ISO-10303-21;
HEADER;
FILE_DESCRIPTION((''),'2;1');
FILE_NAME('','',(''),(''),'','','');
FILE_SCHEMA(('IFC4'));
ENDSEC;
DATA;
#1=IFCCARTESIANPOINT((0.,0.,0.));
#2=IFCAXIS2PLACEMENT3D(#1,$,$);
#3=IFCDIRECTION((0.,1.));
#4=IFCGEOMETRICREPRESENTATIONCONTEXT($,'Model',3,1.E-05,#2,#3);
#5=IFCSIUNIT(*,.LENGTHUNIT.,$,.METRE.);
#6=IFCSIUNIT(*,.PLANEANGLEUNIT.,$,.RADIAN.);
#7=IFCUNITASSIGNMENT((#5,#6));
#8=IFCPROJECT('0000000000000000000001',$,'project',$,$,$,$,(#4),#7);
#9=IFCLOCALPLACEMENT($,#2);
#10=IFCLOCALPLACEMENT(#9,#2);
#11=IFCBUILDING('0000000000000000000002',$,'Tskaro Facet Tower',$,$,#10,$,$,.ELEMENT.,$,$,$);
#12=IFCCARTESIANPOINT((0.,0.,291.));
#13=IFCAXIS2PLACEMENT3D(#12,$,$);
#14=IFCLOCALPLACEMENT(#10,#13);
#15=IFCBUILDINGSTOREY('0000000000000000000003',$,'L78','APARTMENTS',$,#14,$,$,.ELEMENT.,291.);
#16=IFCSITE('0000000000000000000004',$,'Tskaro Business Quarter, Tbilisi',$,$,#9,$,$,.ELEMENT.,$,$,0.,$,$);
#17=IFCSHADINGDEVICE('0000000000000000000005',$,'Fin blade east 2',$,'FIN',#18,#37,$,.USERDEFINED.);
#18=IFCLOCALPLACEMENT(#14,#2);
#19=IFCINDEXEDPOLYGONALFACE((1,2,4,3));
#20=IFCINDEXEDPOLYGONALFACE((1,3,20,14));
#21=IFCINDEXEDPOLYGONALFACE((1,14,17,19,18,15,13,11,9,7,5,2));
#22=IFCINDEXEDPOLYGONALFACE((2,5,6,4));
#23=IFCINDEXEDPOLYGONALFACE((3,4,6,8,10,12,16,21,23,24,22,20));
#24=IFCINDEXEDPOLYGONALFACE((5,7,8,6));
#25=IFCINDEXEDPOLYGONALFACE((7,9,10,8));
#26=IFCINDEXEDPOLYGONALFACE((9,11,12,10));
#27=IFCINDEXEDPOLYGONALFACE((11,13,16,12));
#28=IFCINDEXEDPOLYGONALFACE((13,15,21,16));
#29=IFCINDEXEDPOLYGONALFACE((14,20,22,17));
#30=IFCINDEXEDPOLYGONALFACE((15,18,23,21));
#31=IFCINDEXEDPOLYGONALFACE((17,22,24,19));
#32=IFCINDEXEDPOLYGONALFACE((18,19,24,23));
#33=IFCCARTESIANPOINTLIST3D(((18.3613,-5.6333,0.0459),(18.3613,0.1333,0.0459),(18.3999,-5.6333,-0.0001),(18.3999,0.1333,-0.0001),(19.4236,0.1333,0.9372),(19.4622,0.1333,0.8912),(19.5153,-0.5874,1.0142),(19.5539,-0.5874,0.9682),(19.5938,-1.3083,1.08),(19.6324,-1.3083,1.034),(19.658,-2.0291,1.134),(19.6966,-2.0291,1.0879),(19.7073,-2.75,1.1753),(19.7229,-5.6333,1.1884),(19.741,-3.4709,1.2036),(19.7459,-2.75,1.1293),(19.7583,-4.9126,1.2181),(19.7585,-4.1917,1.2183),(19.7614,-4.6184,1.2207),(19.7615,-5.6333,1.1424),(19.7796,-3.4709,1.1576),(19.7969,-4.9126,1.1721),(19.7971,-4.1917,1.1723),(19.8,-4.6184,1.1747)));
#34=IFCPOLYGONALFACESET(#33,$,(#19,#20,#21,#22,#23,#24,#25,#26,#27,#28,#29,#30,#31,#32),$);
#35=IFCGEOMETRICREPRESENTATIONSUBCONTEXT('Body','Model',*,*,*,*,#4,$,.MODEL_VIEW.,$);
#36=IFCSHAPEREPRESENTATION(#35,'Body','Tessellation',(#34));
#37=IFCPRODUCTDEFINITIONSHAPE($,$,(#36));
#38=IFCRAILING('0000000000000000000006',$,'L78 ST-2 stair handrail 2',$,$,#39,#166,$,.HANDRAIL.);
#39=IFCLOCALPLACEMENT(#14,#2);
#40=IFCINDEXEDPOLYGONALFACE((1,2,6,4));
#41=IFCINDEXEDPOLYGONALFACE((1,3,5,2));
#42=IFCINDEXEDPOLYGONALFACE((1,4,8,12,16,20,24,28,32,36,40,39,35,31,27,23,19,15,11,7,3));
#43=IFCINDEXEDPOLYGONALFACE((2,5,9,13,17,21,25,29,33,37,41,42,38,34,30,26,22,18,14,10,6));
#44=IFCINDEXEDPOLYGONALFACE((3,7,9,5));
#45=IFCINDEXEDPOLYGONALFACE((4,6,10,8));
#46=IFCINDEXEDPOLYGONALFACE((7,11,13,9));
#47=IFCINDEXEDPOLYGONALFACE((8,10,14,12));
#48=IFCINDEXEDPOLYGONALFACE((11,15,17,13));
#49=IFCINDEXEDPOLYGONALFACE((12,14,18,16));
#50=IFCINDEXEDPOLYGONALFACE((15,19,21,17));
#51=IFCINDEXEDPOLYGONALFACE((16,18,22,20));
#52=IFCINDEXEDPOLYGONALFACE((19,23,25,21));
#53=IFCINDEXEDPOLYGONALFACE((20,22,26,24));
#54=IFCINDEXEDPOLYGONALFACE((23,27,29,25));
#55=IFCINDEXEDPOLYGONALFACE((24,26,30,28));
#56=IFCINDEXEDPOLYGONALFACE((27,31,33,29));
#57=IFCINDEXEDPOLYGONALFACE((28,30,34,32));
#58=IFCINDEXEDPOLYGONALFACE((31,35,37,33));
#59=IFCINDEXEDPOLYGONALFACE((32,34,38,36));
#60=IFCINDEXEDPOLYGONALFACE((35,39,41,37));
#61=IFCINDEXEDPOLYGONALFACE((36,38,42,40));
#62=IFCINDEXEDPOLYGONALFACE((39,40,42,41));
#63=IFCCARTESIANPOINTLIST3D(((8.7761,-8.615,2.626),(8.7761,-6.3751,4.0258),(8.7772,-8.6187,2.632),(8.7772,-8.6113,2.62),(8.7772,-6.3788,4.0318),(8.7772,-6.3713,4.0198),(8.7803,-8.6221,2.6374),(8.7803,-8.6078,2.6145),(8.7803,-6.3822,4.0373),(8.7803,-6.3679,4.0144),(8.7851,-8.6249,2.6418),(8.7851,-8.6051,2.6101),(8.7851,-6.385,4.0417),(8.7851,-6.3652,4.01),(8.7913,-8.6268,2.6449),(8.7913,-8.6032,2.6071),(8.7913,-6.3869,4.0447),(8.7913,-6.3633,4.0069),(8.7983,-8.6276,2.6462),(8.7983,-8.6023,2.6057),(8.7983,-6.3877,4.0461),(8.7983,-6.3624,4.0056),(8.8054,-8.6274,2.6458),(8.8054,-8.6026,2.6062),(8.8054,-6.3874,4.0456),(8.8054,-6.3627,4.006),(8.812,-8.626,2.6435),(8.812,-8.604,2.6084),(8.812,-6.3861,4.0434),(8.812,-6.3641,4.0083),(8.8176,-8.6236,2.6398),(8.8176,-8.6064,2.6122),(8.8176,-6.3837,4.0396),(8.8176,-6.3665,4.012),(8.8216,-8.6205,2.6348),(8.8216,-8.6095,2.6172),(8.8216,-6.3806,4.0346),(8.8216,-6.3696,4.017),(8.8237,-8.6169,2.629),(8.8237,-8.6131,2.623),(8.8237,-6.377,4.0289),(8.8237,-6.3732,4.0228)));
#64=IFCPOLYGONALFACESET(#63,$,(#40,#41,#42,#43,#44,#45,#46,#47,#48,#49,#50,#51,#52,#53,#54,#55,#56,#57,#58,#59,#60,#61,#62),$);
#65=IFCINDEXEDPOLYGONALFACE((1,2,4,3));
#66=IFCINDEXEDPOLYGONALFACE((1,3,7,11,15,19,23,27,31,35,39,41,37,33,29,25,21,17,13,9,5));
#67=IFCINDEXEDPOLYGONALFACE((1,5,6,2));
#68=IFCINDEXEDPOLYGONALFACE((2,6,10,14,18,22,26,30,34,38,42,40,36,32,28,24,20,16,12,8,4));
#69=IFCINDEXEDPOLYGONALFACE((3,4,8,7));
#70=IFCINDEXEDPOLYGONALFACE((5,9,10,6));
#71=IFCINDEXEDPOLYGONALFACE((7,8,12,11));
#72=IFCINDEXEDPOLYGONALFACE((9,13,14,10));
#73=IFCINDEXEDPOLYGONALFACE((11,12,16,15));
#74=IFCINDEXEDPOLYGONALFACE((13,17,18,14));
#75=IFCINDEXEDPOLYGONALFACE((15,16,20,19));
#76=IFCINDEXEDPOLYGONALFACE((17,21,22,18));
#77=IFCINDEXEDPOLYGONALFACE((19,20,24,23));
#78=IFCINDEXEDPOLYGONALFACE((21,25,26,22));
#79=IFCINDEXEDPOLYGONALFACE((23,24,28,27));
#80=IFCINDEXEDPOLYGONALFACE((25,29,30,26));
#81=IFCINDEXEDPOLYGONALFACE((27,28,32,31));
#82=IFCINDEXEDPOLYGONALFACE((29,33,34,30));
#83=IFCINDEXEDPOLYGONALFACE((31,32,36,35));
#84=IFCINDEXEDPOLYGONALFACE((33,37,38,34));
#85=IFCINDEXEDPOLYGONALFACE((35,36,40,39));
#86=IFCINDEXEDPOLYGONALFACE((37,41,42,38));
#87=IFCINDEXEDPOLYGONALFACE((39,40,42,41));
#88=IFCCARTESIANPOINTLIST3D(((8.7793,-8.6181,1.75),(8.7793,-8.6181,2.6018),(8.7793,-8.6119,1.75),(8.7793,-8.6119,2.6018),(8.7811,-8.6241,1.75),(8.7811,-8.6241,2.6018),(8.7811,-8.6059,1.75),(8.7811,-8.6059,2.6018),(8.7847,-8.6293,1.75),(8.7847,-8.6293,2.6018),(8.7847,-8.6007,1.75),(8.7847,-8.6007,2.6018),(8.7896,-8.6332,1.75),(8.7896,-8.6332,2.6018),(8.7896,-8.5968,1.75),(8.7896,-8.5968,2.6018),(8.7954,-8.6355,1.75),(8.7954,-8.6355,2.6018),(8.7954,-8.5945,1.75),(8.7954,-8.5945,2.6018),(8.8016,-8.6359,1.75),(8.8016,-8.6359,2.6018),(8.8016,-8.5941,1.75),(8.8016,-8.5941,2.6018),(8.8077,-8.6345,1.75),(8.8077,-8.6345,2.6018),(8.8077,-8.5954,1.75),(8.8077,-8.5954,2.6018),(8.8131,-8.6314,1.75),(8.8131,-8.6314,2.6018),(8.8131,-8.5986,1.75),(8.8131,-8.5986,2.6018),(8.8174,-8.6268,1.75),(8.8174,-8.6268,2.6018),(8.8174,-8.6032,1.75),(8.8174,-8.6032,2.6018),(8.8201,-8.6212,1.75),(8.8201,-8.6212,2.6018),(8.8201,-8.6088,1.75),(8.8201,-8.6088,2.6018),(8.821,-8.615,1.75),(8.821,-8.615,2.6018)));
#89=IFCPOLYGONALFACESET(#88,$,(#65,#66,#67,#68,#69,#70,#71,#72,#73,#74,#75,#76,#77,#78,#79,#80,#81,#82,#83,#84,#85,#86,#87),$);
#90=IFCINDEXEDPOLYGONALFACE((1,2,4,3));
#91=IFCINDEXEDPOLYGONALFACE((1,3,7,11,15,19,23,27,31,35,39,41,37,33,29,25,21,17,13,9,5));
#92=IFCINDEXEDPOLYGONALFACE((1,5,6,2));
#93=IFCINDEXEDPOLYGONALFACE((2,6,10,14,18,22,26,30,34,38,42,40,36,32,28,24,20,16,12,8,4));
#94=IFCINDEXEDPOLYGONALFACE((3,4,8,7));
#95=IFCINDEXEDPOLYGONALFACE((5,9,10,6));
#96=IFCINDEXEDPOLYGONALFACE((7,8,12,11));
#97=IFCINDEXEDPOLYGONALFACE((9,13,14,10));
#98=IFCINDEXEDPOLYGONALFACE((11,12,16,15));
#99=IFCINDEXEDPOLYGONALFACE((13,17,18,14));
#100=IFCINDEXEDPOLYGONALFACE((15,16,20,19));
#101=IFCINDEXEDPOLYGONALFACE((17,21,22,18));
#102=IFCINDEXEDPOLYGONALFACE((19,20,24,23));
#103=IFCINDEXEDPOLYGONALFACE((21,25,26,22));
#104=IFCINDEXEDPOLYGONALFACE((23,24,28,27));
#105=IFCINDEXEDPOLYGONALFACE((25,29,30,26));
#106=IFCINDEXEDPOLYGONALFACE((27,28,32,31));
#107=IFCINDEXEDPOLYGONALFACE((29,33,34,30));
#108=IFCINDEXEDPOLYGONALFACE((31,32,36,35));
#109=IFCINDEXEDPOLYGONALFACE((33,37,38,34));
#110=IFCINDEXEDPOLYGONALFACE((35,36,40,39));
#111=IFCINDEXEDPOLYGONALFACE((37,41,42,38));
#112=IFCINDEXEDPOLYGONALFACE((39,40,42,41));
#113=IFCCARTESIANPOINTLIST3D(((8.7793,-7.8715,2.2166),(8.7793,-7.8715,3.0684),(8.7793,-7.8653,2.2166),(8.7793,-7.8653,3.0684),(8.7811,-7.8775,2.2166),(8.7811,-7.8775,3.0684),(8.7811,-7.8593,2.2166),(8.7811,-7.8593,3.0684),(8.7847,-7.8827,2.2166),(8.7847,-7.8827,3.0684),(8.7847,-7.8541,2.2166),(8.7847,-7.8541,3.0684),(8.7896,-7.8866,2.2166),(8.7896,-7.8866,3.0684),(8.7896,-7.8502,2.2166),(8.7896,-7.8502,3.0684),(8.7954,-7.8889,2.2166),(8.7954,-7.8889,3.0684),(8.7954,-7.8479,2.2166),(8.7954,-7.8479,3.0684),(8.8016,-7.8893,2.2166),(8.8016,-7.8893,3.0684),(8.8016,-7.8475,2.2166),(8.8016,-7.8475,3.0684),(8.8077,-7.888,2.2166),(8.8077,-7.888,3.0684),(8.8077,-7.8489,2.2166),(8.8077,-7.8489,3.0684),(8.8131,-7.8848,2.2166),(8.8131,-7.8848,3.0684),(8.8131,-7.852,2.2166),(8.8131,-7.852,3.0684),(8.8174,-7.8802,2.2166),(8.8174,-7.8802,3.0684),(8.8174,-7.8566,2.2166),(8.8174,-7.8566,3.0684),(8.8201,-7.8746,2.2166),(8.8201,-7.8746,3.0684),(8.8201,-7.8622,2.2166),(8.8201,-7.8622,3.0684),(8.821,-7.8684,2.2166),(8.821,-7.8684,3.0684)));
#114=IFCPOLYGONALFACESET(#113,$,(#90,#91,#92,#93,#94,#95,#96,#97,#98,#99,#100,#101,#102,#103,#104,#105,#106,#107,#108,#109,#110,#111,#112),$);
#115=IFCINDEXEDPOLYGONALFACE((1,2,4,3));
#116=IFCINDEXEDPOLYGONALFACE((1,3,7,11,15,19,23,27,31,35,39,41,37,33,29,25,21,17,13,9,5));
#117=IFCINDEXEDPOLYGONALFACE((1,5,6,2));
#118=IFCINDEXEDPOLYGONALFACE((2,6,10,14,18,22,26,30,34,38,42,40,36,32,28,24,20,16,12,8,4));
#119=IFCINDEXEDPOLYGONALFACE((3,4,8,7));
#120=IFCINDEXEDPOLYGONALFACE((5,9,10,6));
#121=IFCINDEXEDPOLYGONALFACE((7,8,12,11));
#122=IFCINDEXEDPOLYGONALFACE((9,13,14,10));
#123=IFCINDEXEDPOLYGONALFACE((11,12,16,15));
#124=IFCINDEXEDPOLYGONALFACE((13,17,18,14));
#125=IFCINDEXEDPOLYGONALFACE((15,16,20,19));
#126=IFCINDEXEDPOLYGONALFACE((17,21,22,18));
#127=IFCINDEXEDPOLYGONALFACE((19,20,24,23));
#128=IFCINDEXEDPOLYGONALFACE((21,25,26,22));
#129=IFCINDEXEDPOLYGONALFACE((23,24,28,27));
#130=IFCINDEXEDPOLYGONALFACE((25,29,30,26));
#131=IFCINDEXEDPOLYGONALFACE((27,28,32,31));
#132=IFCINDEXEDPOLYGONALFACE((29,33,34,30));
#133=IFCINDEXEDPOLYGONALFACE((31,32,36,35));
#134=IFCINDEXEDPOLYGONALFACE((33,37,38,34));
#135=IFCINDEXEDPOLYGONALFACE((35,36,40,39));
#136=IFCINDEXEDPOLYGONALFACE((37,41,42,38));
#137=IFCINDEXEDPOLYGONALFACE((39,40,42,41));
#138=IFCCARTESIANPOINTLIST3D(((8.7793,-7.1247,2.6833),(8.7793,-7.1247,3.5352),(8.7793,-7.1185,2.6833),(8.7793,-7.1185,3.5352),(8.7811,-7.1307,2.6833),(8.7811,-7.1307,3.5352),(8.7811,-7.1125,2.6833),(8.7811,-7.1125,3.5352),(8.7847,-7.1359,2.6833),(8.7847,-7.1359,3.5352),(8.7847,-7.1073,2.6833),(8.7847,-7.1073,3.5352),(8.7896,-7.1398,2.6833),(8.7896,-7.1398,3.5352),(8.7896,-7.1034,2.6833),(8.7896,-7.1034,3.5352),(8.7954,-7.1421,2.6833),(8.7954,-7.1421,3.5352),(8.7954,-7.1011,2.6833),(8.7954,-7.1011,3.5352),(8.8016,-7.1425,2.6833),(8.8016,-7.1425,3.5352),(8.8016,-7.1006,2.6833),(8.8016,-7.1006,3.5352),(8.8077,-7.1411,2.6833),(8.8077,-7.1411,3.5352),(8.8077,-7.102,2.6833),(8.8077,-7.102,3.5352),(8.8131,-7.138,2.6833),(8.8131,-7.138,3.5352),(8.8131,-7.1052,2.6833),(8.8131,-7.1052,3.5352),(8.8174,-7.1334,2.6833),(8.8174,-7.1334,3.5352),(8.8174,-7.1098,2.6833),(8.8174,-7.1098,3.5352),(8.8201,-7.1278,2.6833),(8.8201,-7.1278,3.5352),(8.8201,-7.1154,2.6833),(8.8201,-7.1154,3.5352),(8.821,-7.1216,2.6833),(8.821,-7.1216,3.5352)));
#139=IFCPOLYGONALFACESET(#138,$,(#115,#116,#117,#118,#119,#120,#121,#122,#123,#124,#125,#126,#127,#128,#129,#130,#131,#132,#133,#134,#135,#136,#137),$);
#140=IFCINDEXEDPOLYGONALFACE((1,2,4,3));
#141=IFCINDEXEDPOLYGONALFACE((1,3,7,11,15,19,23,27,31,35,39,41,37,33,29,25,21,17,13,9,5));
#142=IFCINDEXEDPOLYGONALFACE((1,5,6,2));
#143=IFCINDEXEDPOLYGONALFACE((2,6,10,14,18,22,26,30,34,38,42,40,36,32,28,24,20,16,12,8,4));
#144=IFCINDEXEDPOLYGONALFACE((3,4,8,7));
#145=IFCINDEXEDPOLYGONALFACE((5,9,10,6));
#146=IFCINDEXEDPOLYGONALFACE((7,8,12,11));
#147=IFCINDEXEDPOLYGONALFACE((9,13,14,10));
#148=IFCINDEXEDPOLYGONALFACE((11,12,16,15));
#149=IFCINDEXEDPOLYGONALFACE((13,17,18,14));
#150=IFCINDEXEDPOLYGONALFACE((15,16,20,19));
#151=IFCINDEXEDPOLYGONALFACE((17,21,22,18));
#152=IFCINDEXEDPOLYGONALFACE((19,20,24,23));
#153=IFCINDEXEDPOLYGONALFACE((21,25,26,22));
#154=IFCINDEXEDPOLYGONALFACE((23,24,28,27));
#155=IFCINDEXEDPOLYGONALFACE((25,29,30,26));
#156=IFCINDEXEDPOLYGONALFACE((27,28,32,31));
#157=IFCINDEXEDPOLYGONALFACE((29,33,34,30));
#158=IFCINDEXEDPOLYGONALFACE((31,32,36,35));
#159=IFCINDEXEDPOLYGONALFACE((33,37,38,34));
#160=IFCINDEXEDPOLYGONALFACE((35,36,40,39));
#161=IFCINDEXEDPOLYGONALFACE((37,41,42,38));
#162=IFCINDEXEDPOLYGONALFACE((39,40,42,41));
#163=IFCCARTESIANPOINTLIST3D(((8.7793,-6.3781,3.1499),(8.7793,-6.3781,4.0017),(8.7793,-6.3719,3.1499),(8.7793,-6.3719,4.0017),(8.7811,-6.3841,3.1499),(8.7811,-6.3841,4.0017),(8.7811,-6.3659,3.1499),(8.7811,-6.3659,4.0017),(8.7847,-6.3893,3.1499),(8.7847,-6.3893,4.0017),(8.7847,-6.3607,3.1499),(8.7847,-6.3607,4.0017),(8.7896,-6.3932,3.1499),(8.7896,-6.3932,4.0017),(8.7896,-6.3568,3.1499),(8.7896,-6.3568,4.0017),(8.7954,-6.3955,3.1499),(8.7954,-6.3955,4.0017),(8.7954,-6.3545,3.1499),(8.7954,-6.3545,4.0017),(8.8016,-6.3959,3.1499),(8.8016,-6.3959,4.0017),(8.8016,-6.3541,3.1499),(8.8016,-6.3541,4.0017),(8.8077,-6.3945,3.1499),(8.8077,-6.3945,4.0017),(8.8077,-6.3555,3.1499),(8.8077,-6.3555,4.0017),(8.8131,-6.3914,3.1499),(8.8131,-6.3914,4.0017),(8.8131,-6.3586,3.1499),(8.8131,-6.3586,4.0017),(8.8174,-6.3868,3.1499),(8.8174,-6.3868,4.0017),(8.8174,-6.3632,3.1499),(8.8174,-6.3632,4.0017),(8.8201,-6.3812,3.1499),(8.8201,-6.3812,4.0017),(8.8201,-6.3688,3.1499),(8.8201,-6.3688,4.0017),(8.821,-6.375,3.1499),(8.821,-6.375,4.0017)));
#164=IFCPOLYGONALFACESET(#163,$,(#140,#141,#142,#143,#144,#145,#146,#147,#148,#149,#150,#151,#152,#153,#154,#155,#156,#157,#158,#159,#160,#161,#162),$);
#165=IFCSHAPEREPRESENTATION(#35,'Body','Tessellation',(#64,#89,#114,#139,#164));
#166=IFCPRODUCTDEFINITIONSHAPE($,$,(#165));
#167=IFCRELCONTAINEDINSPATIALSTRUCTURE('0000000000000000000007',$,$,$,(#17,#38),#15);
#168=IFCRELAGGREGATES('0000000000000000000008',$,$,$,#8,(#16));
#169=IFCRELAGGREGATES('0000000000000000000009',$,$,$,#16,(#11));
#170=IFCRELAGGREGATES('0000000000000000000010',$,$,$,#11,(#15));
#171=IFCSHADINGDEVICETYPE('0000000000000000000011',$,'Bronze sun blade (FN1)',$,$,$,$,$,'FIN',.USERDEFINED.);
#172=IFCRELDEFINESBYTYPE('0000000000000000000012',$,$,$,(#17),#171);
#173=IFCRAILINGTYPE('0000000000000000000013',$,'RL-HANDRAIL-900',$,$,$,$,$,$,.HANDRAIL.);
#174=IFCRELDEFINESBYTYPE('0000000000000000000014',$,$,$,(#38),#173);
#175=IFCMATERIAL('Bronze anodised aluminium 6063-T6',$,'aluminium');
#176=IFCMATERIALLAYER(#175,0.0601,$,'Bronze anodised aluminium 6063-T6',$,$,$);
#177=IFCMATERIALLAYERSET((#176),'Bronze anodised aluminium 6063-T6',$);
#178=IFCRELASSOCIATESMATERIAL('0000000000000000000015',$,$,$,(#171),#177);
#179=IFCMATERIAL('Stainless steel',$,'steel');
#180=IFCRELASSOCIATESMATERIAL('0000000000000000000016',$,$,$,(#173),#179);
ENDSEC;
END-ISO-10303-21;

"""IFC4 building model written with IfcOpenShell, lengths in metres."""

from ifc_helpers import new_model, si_unit, direction, frame, origin, origin_2d, place, context, subcontext, project, spatial, polyline, circle, outline, extrude, material, layer, layer_set, type_object, element, save


model = new_model("IFC4")

# Units and contexts
model_context = context("Model", 3, precision=1e-05, world=origin(), true_north=direction((0.0, 1.0)))
body_context = subcontext(model_context, "Body", "Model", "MODEL_VIEW")
ifc_project = project(units=[si_unit("LENGTHUNIT", "METRE"), si_unit("PLANEANGLEUNIT", "RADIAN")], contexts=[model_context])

# Site, building, storey
site_placement = place(None, origin())
site = spatial("IfcSite", under=ifc_project, at=site_placement, Name="Tskaro Business Quarter, Tbilisi", CompositionType="ELEMENT", RefElevation=0.0)
building_placement = place(site_placement, origin())
building = spatial("IfcBuilding", under=site, at=building_placement, Name="Tskaro Facet Tower", CompositionType="ELEMENT")
storey_placement = place(building_placement, frame((0.0, 0.0, 291.0)))
storey = spatial("IfcBuildingStorey", under=building, at=storey_placement, Name="L78", Description="APARTMENTS", CompositionType="ELEMENT", Elevation=291.0)

# Shared definitions
ifc_material_1 = material(Name="Bronze anodised aluminium 6063-T6", Category="aluminium")

# Shading device
ifc_layer_1 = layer(ifc_material_1, 0.0601, Name="Bronze anodised aluminium 6063-T6")
ifc_layer_set_1 = layer_set([ifc_layer_1], Name="Bronze anodised aluminium 6063-T6")
shading_device_type = type_object("IfcShadingDeviceType", Name="Bronze sun blade (FN1)", ElementType="FIN", PredefinedType="USERDEFINED", material=ifc_layer_set_1)
shading_device_1_placement = place(storey_placement, frame((18.3613, -5.6333, 0.0459), z_axis=(-0.642791, 0.000004, 0.766041), x_axis=(0.000003, 1.0, -0.000003)))
element("IfcShadingDevice", 1, at=shading_device_1_placement, inside=storey, type_object=shading_device_type, Name="Fin blade east 2", ObjectType="FIN", PredefinedType="USERDEFINED", context=body_context, shape_type="SweptSolid", body=[
    extrude(outline(polyline([(0.0, 0.0), (5.7666, 0.0), (5.7666, -1.3867), (5.0459, -1.5064), (4.325, -1.6088), (3.6042, -1.6927), (2.8833, -1.757), (2.1624, -1.801), (1.4417, -1.8239), (1.0149, -1.8277), (0.7207, -1.8236), (0.0, -1.7775), (0.0, 0.0)])), origin(), (0.0, 0.0, -1.0), 0.0601),
])

# Railing
ifc_material_2 = material(Name="Stainless steel", Category="steel")
railing_type = type_object("IfcRailingType", Name="RL-HANDRAIL-900", PredefinedType="HANDRAIL", material=ifc_material_2)
railing_placement = place(storey_placement, frame((8.8, -8.615, 1.75)))
element("IfcRailing", 2, at=railing_placement, inside=storey, type_object=railing_type, Name="L78 ST-2 stair handrail 2", PredefinedType="HANDRAIL", context=body_context, shape_type="SweptSolid", body=[
    extrude(circle(Radius=0.0239, at=origin_2d()), frame((0.0, 0.0, 0.876), z_axis=(0.0, 0.848014, 0.529974), x_axis=(-1.0, 0.0, 0.0)), (0.0, 0.0, 1.0), 2.6414),
    extrude(circle(Radius=0.021, at=origin_2d()), origin(), (0.0, 0.0, 1.0), 0.8518),
    extrude(circle(Radius=0.021, at=origin_2d()), frame((0.0, 0.7466, 0.4666)), (0.0, 0.0, 1.0), 0.8518),
    extrude(circle(Radius=0.021, at=origin_2d()), frame((0.0, 1.4934, 0.9333)), (0.0, 0.0, 1.0), 0.8518),
    extrude(circle(Radius=0.021, at=origin_2d()), frame((0.0, 2.24, 1.3999)), (0.0, 0.0, 1.0), 0.8518),
])

save(model, "model.ifc")
